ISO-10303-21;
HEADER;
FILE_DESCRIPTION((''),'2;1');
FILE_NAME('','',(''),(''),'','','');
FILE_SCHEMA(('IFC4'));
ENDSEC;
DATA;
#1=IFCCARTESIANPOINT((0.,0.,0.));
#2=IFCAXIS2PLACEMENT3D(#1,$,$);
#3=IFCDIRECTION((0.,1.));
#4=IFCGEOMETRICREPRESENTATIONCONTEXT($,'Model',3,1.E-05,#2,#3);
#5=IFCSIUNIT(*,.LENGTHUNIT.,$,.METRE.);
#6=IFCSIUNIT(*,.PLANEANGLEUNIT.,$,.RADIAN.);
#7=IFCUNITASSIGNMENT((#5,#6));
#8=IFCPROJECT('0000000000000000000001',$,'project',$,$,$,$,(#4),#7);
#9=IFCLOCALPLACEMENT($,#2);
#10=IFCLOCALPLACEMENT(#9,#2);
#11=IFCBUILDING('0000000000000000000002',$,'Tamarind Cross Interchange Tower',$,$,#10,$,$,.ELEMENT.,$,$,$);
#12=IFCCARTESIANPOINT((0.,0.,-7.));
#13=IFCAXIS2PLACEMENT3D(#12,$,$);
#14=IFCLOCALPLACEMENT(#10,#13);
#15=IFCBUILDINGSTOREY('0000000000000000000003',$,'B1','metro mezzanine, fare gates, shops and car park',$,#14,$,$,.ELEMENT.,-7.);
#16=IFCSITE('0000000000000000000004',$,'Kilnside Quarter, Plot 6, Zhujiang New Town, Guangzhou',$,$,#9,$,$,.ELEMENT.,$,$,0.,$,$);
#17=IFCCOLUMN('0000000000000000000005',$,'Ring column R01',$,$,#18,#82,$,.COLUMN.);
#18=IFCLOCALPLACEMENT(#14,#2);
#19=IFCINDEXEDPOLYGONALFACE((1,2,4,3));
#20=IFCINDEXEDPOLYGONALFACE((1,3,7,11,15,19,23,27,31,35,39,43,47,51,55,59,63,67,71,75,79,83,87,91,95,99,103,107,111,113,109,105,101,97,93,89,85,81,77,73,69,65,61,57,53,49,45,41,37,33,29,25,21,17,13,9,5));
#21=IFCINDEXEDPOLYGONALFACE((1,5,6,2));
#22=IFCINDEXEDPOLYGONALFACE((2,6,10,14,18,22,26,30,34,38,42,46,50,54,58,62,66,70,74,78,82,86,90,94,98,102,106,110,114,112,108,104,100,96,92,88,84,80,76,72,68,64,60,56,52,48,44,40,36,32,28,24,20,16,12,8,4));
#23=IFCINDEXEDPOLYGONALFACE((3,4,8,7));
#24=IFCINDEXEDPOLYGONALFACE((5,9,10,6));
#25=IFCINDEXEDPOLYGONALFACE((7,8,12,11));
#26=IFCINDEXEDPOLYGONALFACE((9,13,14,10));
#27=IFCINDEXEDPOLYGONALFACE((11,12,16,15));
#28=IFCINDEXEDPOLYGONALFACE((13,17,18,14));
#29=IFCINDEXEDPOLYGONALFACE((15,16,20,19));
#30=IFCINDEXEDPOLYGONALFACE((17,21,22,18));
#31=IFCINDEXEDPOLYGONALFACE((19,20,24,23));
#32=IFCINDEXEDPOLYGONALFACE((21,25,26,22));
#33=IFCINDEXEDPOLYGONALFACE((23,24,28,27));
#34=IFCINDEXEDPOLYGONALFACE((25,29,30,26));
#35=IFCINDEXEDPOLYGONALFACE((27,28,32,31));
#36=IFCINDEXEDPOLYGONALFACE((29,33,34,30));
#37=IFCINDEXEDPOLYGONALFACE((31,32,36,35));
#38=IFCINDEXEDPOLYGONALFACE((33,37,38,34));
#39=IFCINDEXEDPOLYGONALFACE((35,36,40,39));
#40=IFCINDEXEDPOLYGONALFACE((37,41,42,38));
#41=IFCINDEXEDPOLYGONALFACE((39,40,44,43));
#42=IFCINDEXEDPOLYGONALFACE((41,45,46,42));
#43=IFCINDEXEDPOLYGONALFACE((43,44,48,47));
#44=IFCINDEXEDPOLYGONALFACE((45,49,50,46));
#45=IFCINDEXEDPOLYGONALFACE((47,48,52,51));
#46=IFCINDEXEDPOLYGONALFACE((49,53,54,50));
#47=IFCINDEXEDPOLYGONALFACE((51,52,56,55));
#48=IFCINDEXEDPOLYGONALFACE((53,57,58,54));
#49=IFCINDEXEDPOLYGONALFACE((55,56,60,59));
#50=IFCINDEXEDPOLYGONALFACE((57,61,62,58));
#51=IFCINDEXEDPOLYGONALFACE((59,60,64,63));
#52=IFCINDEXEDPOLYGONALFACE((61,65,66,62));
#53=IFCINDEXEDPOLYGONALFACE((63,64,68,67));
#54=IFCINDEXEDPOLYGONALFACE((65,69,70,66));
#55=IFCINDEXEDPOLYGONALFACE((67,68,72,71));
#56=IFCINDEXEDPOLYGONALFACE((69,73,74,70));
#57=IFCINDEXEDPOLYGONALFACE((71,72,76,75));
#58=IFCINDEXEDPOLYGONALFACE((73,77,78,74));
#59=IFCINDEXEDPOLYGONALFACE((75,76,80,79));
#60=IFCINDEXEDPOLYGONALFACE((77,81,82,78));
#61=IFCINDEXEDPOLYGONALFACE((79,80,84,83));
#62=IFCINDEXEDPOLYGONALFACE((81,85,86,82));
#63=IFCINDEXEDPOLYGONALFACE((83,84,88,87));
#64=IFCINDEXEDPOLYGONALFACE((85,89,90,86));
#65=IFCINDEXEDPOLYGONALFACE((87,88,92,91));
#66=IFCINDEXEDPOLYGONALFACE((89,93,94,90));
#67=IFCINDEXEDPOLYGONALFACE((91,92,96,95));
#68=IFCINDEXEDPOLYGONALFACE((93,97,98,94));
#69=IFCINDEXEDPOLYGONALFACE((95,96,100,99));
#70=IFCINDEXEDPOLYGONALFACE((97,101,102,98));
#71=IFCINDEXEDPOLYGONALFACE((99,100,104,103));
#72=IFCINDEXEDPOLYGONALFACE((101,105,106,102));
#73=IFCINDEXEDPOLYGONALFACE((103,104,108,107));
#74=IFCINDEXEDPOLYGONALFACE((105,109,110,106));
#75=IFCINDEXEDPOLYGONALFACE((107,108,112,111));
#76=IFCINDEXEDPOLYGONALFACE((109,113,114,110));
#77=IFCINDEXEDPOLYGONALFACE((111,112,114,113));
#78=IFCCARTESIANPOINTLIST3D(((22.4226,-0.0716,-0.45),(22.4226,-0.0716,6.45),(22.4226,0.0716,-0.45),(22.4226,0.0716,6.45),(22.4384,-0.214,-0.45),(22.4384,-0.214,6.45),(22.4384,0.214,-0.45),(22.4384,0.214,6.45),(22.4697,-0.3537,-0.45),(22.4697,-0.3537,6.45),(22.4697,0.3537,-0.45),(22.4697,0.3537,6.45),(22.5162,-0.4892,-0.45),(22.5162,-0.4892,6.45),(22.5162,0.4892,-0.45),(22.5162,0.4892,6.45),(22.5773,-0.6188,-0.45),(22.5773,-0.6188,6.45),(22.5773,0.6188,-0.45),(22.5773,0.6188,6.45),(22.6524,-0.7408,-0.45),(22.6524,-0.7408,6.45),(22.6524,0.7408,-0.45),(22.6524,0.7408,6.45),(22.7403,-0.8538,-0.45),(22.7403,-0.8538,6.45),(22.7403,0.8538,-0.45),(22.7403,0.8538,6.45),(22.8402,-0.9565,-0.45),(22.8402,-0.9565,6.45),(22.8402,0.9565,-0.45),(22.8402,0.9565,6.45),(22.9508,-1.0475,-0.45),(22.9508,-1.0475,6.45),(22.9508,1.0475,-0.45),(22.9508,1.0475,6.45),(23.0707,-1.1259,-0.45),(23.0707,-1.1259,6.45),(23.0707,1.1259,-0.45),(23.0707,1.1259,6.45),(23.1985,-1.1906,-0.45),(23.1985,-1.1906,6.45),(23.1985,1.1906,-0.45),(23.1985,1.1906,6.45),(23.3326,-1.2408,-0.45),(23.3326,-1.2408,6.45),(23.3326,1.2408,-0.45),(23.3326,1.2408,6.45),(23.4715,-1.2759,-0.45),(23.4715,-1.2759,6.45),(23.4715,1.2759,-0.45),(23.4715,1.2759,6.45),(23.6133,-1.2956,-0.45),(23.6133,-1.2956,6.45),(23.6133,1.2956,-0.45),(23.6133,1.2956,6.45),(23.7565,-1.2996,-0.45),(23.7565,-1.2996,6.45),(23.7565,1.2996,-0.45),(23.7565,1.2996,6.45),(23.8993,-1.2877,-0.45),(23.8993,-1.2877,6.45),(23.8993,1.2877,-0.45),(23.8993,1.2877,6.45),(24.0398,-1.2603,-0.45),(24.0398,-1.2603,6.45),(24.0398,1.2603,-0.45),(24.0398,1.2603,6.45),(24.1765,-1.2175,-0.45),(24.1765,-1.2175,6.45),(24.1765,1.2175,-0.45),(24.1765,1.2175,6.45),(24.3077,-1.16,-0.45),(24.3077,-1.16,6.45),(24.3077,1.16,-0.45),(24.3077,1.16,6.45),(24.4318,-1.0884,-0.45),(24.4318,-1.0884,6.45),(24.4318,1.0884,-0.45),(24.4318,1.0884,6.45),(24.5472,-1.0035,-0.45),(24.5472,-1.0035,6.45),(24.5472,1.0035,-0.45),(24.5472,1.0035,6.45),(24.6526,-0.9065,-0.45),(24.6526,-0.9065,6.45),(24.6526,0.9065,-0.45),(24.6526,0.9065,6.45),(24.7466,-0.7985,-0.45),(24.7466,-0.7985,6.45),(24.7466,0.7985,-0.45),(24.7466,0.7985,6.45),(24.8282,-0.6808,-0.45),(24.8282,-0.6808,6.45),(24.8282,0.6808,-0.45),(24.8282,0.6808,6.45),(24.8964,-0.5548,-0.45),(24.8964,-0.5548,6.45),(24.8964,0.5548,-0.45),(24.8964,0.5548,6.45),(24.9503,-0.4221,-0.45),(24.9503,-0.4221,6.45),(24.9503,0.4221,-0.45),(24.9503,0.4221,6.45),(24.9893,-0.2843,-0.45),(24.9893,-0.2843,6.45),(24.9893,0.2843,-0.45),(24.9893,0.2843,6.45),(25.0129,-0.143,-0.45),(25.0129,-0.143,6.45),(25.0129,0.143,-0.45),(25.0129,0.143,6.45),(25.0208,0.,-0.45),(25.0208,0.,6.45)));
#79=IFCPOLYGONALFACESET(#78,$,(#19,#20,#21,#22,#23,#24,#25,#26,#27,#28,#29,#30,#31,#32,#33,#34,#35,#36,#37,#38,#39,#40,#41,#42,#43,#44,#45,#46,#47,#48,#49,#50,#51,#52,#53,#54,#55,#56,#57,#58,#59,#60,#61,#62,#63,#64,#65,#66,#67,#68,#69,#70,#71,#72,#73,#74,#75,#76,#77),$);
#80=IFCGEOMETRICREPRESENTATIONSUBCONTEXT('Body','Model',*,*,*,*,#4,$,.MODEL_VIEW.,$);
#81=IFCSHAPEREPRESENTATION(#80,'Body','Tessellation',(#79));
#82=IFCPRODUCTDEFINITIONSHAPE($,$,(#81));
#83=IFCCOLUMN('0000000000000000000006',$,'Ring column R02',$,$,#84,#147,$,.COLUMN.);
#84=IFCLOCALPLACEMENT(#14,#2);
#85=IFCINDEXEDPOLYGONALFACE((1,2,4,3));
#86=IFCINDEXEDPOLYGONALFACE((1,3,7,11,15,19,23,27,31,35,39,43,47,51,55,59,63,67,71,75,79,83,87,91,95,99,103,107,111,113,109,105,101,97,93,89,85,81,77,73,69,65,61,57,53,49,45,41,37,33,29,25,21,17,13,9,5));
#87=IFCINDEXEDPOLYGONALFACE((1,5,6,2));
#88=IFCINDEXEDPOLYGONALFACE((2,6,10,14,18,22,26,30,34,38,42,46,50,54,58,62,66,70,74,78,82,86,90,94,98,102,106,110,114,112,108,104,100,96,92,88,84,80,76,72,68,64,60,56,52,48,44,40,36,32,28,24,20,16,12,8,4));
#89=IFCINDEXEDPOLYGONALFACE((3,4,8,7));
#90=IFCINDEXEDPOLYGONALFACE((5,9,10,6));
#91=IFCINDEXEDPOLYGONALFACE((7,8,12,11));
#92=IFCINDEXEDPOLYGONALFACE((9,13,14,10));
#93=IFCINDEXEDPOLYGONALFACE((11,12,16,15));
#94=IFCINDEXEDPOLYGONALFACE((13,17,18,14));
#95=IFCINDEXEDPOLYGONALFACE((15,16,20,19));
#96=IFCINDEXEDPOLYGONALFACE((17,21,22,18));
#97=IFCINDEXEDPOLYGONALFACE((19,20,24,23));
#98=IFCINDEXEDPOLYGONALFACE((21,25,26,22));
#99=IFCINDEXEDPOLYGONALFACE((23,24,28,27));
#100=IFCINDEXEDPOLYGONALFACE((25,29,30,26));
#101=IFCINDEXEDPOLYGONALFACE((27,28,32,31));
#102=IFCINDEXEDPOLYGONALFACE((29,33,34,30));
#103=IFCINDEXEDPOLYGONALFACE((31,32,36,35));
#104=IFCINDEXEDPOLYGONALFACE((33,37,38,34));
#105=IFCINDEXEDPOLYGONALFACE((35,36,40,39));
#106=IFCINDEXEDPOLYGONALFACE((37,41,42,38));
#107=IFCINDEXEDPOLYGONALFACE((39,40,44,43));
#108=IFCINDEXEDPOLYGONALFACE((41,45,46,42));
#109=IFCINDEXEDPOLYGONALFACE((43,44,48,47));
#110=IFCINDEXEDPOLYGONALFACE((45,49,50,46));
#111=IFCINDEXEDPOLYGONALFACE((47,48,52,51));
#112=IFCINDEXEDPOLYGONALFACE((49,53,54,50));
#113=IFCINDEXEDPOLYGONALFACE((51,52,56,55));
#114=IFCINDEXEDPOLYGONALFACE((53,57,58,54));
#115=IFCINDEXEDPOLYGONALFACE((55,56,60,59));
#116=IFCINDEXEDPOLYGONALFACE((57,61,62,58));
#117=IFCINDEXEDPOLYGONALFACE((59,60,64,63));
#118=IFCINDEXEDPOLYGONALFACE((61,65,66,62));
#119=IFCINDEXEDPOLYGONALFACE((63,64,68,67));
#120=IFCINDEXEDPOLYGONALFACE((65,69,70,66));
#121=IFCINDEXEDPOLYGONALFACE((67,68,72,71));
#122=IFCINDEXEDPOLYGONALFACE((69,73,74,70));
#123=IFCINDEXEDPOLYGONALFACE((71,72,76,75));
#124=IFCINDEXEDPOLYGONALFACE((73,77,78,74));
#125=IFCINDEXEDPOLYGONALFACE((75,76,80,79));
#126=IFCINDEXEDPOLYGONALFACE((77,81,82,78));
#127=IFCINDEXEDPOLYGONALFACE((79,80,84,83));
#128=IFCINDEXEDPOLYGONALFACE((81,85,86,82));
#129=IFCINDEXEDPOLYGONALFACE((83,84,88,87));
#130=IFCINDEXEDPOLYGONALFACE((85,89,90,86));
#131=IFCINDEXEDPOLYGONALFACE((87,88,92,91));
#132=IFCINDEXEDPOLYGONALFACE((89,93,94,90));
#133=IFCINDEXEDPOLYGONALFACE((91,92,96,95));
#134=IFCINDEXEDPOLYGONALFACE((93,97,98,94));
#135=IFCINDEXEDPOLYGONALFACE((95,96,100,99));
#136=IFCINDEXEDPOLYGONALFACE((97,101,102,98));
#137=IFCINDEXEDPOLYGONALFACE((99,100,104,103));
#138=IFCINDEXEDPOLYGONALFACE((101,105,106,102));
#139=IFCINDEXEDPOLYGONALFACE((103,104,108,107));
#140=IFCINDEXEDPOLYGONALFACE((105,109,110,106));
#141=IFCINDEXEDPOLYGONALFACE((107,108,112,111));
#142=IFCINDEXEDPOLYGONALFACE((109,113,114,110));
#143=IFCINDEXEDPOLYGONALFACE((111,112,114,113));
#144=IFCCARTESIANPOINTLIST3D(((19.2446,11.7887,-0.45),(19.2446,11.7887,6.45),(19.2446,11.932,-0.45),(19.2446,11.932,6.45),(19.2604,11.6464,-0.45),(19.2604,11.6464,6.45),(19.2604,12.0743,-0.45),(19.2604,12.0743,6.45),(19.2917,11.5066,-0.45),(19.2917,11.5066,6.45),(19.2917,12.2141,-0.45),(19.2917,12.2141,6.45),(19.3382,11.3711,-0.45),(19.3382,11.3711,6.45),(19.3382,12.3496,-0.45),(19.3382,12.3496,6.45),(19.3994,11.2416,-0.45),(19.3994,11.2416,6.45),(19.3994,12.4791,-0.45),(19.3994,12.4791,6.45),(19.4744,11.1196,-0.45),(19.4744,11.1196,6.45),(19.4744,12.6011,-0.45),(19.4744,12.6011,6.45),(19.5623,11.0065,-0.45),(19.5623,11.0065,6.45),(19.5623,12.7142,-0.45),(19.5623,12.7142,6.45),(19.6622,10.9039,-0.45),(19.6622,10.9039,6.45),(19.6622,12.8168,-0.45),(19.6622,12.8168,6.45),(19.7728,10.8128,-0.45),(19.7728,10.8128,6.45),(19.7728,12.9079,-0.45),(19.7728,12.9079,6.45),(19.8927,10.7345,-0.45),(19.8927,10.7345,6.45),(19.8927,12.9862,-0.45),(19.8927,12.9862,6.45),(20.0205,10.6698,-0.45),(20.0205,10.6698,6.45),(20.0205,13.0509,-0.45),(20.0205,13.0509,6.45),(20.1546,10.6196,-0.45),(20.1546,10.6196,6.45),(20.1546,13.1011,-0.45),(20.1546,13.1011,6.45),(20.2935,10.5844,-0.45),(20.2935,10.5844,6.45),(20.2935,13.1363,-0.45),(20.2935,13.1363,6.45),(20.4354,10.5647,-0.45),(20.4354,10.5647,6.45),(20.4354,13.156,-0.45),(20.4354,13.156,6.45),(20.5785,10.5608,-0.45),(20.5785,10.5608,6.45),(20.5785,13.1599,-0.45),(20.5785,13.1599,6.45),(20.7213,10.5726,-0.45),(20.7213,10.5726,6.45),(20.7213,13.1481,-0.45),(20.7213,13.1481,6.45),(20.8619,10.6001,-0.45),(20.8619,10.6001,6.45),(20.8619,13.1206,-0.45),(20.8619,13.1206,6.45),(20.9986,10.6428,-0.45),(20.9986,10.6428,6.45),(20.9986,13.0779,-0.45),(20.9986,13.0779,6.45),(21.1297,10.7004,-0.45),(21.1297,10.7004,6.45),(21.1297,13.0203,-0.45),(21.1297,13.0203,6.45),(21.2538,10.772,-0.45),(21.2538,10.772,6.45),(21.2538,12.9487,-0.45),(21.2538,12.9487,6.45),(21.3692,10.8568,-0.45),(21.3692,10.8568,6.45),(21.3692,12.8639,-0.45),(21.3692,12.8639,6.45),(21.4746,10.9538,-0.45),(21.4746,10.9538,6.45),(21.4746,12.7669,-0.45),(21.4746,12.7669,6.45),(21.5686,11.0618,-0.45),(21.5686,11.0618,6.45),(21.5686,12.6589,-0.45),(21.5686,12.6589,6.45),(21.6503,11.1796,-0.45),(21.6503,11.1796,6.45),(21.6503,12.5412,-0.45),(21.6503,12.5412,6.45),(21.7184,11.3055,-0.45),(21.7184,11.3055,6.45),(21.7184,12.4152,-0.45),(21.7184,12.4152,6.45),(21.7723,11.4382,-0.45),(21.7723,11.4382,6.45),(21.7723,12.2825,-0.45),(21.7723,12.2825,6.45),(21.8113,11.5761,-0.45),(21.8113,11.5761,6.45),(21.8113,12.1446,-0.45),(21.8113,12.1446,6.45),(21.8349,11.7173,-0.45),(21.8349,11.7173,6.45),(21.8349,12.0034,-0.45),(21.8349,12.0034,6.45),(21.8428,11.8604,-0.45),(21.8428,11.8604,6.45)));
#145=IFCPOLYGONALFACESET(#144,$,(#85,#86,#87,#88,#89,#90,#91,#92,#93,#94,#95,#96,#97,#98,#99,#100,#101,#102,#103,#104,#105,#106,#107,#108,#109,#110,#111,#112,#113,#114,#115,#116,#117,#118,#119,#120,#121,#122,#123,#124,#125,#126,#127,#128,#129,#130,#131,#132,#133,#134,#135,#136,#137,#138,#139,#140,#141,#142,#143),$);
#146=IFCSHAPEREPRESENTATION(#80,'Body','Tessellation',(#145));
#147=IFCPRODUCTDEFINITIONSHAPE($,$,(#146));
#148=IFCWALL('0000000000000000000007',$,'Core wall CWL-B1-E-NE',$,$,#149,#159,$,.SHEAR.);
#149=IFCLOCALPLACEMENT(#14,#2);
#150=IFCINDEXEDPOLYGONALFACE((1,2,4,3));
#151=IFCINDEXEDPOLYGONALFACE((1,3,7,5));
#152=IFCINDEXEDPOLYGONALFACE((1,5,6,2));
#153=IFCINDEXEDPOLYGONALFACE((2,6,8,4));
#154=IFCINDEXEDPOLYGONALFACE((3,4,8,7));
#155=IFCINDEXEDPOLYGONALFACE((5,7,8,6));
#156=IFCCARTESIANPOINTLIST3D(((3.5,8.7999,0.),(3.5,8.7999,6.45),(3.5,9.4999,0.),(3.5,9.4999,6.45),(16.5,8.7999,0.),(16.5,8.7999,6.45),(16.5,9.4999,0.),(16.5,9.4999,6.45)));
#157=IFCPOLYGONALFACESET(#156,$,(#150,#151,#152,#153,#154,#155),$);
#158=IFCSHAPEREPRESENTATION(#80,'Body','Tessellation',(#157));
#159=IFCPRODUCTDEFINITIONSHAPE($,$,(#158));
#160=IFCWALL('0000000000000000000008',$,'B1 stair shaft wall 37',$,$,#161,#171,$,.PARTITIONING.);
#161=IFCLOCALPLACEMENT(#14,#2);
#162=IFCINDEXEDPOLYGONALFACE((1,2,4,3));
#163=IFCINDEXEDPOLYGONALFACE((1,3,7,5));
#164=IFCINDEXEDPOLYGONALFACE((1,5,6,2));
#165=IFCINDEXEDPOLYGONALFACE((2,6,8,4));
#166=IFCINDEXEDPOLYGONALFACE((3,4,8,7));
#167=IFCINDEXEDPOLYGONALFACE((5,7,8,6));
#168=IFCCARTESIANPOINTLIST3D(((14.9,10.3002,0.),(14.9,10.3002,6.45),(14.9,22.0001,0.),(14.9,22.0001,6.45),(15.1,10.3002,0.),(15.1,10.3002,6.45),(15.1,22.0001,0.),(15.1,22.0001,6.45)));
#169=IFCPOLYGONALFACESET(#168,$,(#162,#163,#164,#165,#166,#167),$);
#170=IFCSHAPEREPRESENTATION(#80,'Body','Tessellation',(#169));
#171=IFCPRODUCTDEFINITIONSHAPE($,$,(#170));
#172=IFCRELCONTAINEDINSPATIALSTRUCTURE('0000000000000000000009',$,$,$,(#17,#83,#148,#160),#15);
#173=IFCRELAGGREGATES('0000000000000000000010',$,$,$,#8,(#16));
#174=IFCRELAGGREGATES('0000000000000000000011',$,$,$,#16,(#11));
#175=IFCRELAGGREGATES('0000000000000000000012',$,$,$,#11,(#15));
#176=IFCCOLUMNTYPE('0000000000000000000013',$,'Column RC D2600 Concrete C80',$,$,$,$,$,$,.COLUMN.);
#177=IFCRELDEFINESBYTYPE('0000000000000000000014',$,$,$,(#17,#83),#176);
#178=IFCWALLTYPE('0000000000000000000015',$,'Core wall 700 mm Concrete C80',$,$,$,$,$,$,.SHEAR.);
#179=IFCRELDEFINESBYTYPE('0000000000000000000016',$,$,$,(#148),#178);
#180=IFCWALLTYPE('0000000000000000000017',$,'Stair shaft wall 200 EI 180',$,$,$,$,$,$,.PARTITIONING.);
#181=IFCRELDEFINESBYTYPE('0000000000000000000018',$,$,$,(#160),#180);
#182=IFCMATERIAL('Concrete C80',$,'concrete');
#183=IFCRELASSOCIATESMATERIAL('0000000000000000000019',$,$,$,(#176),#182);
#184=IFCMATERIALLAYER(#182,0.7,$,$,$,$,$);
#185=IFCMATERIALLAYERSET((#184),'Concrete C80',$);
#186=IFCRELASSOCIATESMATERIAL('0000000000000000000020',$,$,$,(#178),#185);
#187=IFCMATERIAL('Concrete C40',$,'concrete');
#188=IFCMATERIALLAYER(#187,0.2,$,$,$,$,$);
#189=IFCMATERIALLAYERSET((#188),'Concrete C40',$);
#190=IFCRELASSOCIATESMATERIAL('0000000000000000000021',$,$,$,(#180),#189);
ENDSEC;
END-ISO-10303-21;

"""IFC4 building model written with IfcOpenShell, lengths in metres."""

from ifc_helpers import new_model, si_unit, direction, frame, frame_2d, origin, origin_2d, place, context, subcontext, project, spatial, rectangle, circle, extrude, material, layer, layer_set, material_profile, profile_set, type_object, element, save


model = new_model("IFC4")

# Units and contexts
model_context = context("Model", 3, precision=1e-05, world=origin(), true_north=direction((0.0, 1.0)))
body_context = subcontext(model_context, "Body", "Model", "MODEL_VIEW")
ifc_project = project(units=[si_unit("LENGTHUNIT", "METRE"), si_unit("PLANEANGLEUNIT", "RADIAN")], contexts=[model_context])

# Site, building, storey
site_placement = place(None, origin())
site = spatial("IfcSite", under=ifc_project, at=site_placement, Name="Kilnside Quarter, Plot 6, Zhujiang New Town, Guangzhou", CompositionType="ELEMENT", RefElevation=0.0)
building_placement = place(site_placement, origin())
building = spatial("IfcBuilding", under=site, at=building_placement, Name="Tamarind Cross Interchange Tower", CompositionType="ELEMENT")
storey_placement = place(building_placement, frame((0.0, 0.0, -7.0)))
storey = spatial("IfcBuildingStorey", under=building, at=storey_placement, Name="B1", Description="metro mezzanine, fare gates, shops and car park", CompositionType="ELEMENT", Elevation=-7.0)

# Columns
ifc_material_1 = material(Name="Concrete C80", Category="concrete")
ifc_material_profile_1 = material_profile(ifc_material_1, circle(Radius=1.3, at=origin_2d()), Name="RC D2600")
ifc_profile_set_1 = profile_set([ifc_material_profile_1], Name="Concrete C80")
column_type_1 = type_object("IfcColumnType", Name="Column RC D2600 Concrete C80", PredefinedType="COLUMN", material=ifc_profile_set_1)
for number, where, z_axis, x_axis, name in (
    (1, (23.7207, 0.0, -0.45), (0.0, 0.0, 1.0), (1.0, 0.0, 0.0), "Ring column R01"),
    (2, (20.5427, 11.8604, -0.45), (0.0, 0.0, 1.0), (1.0, 0.0, 0.0), "Ring column R02"),
):
    element("IfcColumn", number, at=place(storey_placement, frame(where, z_axis=z_axis, x_axis=x_axis)), inside=storey, type_object=column_type_1, Name=name, PredefinedType="COLUMN", context=body_context, shape_type="SweptSolid", body=[
        extrude(circle(Radius=1.3, at=origin_2d()), origin(), (0.0, 0.0, 1.0), 6.8999),
    ])

# Walls
ifc_layer_1 = layer(ifc_material_1, 0.7)
ifc_layer_set_1 = layer_set([ifc_layer_1], Name="Concrete C80")
wall_type_1 = type_object("IfcWallType", Name="Core wall 700 mm Concrete C80", PredefinedType="SHEAR", material=ifc_layer_set_1)
wall_1_placement = place(storey_placement, frame((16.5, 9.1499, 0.0), z_axis=(0.0, 0.0, 1.0), x_axis=(-1.0, 0.0, 0.0)))
element("IfcWall", 3, at=wall_1_placement, inside=storey, type_object=wall_type_1, Name="Core wall CWL-B1-E-NE", PredefinedType="SHEAR", context=body_context, shape_type="SweptSolid", body=[
    extrude(rectangle(XDim=13.0, YDim=0.7, at=frame_2d((6.5, 0.0))), origin(), (0.0, 0.0, 1.0), 6.45),
])
ifc_material_2 = material(Name="Concrete C40", Category="concrete")
ifc_layer_2 = layer(ifc_material_2, 0.2)
ifc_layer_set_2 = layer_set([ifc_layer_2], Name="Concrete C40")
wall_type_2 = type_object("IfcWallType", Name="Stair shaft wall 200 EI 180", PredefinedType="PARTITIONING", material=ifc_layer_set_2)
wall_2_placement = place(storey_placement, frame((15.0, 10.3, 0.0), z_axis=(0.0, 0.0, 1.0), x_axis=(0.0, 1.0, 0.0)))
element("IfcWall", 4, at=wall_2_placement, inside=storey, type_object=wall_type_2, Name="B1 stair shaft wall 37", PredefinedType="PARTITIONING", context=body_context, shape_type="SweptSolid", body=[
    extrude(rectangle(XDim=11.7, YDim=0.2, at=frame_2d((5.8501, 0.0))), origin(), (0.0, 0.0, 1.0), 6.45),
])

save(model, "model.ifc")
